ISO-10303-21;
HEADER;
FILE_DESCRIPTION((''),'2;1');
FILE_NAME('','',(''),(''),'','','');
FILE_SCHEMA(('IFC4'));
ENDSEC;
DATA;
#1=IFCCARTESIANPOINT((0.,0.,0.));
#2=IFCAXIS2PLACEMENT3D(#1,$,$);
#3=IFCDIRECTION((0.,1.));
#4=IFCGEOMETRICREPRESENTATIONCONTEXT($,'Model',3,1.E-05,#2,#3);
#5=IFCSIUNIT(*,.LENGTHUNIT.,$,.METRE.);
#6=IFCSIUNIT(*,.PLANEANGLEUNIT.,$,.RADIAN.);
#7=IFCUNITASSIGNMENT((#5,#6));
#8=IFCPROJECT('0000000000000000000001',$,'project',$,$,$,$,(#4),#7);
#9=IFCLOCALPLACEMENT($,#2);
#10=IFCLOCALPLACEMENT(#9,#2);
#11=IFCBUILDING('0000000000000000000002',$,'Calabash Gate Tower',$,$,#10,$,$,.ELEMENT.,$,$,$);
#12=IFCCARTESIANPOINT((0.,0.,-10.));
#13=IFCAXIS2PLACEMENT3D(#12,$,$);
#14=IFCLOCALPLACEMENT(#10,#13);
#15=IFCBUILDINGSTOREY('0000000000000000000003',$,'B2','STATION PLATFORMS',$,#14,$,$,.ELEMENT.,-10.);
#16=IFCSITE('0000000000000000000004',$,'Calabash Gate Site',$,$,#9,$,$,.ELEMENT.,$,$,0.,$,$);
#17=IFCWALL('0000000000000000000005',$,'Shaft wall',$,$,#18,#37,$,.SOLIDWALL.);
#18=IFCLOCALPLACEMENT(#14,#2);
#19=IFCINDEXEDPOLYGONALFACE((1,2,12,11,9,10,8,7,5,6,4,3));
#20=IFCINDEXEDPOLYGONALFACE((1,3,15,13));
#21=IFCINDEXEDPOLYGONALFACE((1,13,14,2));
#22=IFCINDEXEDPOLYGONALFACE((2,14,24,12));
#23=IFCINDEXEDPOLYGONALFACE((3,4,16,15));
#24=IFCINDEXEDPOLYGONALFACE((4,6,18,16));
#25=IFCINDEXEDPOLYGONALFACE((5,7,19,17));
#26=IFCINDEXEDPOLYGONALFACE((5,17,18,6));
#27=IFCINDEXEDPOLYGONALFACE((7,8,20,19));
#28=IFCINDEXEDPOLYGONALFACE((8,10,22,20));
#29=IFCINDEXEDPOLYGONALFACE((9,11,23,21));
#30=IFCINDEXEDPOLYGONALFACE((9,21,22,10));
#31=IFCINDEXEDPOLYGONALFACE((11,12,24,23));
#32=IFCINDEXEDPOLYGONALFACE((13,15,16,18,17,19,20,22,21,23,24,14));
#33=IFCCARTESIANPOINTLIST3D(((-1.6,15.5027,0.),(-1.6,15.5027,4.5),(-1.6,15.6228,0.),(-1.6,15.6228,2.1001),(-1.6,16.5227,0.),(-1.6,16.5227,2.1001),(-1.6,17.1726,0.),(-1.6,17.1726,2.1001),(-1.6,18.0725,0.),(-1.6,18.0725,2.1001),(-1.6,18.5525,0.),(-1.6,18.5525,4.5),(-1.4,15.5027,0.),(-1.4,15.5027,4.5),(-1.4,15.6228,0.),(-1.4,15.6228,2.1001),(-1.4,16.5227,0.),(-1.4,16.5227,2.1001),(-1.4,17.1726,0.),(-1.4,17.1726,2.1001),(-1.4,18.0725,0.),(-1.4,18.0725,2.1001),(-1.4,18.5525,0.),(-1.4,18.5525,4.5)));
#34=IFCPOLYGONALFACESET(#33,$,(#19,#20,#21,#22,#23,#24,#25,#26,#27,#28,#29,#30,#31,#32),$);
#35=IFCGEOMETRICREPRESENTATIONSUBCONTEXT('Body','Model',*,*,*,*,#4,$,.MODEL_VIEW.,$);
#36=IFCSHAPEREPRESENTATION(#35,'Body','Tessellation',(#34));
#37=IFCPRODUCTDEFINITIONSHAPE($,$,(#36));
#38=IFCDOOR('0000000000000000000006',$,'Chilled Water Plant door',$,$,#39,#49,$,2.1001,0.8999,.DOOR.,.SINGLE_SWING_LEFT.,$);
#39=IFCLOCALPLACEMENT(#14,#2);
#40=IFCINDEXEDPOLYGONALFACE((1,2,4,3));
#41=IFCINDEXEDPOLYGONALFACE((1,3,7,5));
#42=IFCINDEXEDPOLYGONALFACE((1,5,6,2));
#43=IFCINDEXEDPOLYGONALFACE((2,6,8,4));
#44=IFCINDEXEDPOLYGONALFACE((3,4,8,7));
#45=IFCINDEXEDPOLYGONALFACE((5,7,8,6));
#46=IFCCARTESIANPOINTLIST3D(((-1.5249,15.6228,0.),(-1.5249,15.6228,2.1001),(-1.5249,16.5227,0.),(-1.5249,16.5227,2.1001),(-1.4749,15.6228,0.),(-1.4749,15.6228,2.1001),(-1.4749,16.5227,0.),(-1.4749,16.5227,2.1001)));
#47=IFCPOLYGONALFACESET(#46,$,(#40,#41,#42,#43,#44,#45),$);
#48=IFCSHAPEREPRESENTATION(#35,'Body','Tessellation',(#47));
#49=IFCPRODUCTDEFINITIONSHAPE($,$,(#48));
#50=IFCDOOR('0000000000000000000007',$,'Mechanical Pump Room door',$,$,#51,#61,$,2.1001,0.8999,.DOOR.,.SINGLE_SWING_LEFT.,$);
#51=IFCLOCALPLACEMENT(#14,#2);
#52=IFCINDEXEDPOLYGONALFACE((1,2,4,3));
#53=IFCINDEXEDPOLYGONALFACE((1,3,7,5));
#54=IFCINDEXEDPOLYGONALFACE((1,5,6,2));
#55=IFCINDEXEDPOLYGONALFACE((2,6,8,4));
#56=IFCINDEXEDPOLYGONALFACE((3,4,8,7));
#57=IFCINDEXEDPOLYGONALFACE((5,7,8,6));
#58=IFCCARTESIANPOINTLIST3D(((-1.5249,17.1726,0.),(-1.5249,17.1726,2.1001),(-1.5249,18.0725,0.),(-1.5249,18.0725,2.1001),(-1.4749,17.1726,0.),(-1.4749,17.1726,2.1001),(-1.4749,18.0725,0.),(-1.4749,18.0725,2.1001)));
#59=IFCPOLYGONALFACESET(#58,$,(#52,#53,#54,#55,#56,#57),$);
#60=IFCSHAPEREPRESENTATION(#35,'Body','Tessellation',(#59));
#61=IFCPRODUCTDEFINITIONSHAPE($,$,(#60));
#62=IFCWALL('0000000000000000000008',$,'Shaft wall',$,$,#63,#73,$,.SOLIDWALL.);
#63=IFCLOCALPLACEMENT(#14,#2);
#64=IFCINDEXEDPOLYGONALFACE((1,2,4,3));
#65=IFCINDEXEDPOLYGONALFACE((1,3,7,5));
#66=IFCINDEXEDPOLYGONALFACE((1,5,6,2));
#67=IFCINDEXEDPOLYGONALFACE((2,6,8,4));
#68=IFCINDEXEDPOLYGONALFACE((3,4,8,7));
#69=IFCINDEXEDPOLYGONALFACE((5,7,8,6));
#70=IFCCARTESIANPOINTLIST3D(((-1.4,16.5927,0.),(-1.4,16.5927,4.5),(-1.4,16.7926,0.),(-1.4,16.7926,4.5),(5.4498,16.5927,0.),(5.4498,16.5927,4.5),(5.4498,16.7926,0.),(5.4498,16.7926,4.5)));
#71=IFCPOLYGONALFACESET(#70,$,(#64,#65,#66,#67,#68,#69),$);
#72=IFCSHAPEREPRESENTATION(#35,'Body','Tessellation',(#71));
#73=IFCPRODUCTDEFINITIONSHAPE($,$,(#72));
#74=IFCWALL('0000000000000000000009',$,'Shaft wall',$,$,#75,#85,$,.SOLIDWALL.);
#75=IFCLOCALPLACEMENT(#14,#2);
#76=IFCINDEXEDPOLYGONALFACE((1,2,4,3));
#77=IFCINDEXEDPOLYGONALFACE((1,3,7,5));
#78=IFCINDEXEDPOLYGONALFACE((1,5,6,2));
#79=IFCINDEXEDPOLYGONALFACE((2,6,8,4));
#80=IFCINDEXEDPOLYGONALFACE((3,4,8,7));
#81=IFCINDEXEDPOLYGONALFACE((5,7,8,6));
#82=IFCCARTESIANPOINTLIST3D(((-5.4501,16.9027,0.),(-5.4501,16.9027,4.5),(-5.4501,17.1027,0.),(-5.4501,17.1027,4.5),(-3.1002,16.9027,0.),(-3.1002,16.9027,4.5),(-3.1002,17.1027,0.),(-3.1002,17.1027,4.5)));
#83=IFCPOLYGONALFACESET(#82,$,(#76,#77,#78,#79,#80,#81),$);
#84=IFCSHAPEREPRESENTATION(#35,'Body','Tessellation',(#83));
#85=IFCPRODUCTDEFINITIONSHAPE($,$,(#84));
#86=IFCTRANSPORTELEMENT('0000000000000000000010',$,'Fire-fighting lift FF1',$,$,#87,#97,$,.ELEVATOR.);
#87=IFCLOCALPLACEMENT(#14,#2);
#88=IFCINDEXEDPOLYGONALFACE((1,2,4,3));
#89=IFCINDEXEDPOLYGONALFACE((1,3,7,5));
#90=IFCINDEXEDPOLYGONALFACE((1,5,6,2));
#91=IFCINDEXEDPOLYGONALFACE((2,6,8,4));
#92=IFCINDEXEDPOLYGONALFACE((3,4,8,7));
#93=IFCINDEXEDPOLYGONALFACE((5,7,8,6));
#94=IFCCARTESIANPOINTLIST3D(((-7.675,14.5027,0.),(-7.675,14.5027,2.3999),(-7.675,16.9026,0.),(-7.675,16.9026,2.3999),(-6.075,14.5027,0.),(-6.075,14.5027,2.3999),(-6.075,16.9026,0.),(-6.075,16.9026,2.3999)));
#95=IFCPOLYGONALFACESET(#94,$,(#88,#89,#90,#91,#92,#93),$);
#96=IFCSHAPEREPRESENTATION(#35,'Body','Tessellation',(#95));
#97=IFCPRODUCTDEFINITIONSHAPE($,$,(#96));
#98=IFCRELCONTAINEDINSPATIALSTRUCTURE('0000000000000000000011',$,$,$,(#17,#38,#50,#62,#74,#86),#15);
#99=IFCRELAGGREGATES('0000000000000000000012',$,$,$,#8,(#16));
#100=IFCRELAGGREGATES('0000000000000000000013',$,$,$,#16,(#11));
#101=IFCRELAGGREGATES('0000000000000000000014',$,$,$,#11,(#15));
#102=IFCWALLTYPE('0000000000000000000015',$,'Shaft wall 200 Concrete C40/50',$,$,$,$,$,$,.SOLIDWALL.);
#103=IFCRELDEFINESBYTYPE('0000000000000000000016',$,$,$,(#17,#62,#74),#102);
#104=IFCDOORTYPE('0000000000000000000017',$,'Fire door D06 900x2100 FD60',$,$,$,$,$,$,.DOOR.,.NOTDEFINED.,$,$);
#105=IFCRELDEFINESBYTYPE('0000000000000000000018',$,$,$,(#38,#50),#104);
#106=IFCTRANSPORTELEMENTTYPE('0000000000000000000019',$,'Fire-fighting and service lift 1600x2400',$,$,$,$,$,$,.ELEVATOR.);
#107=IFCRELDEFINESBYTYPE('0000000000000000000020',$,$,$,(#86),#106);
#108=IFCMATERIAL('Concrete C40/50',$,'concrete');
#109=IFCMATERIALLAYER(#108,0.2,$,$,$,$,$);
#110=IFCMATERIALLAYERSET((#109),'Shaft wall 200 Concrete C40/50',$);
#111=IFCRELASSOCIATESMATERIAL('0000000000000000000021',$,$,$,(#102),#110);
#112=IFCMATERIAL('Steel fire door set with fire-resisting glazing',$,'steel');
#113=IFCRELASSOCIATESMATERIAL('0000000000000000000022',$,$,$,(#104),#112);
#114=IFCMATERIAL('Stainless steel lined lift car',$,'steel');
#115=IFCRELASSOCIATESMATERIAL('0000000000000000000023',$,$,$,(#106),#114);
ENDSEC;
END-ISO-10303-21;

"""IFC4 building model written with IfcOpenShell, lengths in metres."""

from ifc_helpers import new_model, si_unit, direction, frame, frame_2d, origin, origin_2d, place, context, subcontext, project, spatial, rectangle, extrude, material, layer, layer_set, type_object, element, fill, save


model = new_model("IFC4")

# Units and contexts
model_context = context("Model", 3, precision=1e-05, world=origin(), true_north=direction((0.0, 1.0)))
body_context = subcontext(model_context, "Body", "Model", "MODEL_VIEW")
ifc_project = project(units=[si_unit("LENGTHUNIT", "METRE"), si_unit("PLANEANGLEUNIT", "RADIAN")], contexts=[model_context])

# Site, building, storey
site_placement = place(None, origin())
site = spatial("IfcSite", under=ifc_project, at=site_placement, Name="Calabash Gate Site", CompositionType="ELEMENT", RefElevation=0.0)
building_placement = place(site_placement, origin())
building = spatial("IfcBuilding", under=site, at=building_placement, Name="Calabash Gate Tower", CompositionType="ELEMENT")
storey_placement = place(building_placement, frame((0.0, 0.0, -10.0)))
storey = spatial("IfcBuildingStorey", under=building, at=storey_placement, Name="B2", Description="STATION PLATFORMS", CompositionType="ELEMENT", Elevation=-10.0)

# Shared definitions
ifc_material_1 = material(Name="Concrete C40/50", Category="concrete")
ifc_layer = layer(ifc_material_1, 0.2)
ifc_layer_set = layer_set([ifc_layer], Name="Shaft wall 200 Concrete C40/50")
wall_type = type_object("IfcWallType", Name="Shaft wall 200 Concrete C40/50", PredefinedType="SOLIDWALL", material=ifc_layer_set)

# Wall, openings, doors
ifc_material_2 = material(Name="Steel fire door set with fire-resisting glazing", Category="steel")
door_type = type_object("IfcDoorType", Name="Fire door D06 900x2100 FD60", OperationType="NOTDEFINED", PredefinedType="DOOR", material=ifc_material_2)
wall_1_placement = place(storey_placement, frame((-1.5, 15.5027, 0.0), z_axis=(0.0, 0.0, 1.0), x_axis=(0.0, 1.0, 0.0)))
wall_1 = element("IfcWall", 1, at=wall_1_placement, inside=storey, type_object=wall_type, Name="Shaft wall", PredefinedType="SOLIDWALL", context=body_context, shape_type="SweptSolid", body=[
    extrude(rectangle(XDim=3.0498, YDim=0.2, at=frame_2d((1.5249, 0.0))), origin(), (0.0, 0.0, 1.0), 4.5),
])
opening_1_placement = place(wall_1_placement, frame((0.1201, 0.0, 0.0)))
opening_1 = element("IfcOpeningElement", 2, at=opening_1_placement, cuts=wall_1, PredefinedType="OPENING", context=body_context, shape_type="SweptSolid", body=[
    extrude(rectangle(XDim=0.8999, YDim=2.1001, at=frame_2d((0.45, 1.05))), frame((0.0, 0.1099, 0.0), z_axis=(0.0, -1.0, 0.0), x_axis=(1.0, 0.0, 0.0)), (0.0, 0.0, 1.0), 0.22),
])
opening_2_placement = place(wall_1_placement, frame((1.6699, 0.0, 0.0)))
opening_2 = element("IfcOpeningElement", 3, at=opening_2_placement, cuts=wall_1, PredefinedType="OPENING", context=body_context, shape_type="SweptSolid", body=[
    extrude(rectangle(XDim=0.8999, YDim=2.1001, at=frame_2d((0.45, 1.05))), frame((0.0, 0.1099, 0.0), z_axis=(0.0, -1.0, 0.0), x_axis=(1.0, 0.0, 0.0)), (0.0, 0.0, 1.0), 0.22),
])
door_1_placement = place(opening_1_placement, origin())
door_1 = element("IfcDoor", 4, at=door_1_placement, inside=storey, type_object=door_type, Name="Chilled Water Plant door", OperationType="SINGLE_SWING_LEFT", OverallHeight=2.1001, OverallWidth=0.8999, PredefinedType="DOOR", context=body_context, shape_type="SweptSolid", body=[
    extrude(rectangle(XDim=0.8999, YDim=2.1001, at=frame_2d((0.45, 1.05))), frame((0.0, 0.0249, 0.0), z_axis=(0.0, -1.0, 0.0), x_axis=(1.0, 0.0, 0.0)), (0.0, 0.0, 1.0), 0.05),
])
fill(opening_1, door_1)
door_2_placement = place(opening_2_placement, origin())
door_2 = element("IfcDoor", 5, at=door_2_placement, inside=storey, type_object=door_type, Name="Mechanical Pump Room door", OperationType="SINGLE_SWING_LEFT", OverallHeight=2.1001, OverallWidth=0.8999, PredefinedType="DOOR", context=body_context, shape_type="SweptSolid", body=[
    extrude(rectangle(XDim=0.8999, YDim=2.1001, at=frame_2d((0.45, 1.05))), frame((0.0, 0.0249, 0.0), z_axis=(0.0, -1.0, 0.0), x_axis=(1.0, 0.0, 0.0)), (0.0, 0.0, 1.0), 0.05),
])
fill(opening_2, door_2)

# Walls
wall_2_placement = place(storey_placement, frame((-1.3999, 16.6926, 0.0), z_axis=(0.0, 0.0, 1.0), x_axis=(1.0, 0.0, 0.0)))
element("IfcWall", 6, at=wall_2_placement, inside=storey, type_object=wall_type, Name="Shaft wall", PredefinedType="SOLIDWALL", context=body_context, shape_type="SweptSolid", body=[
    extrude(rectangle(XDim=6.8499, YDim=0.2, at=frame_2d((3.4248, 0.0))), origin(), (0.0, 0.0, 1.0), 4.5),
])
wall_3_placement = place(storey_placement, frame((-5.45, 17.0027, 0.0), z_axis=(0.0, 0.0, 1.0), x_axis=(1.0, 0.0, 0.0)))
element("IfcWall", 7, at=wall_3_placement, inside=storey, type_object=wall_type, Name="Shaft wall", PredefinedType="SOLIDWALL", context=body_context, shape_type="SweptSolid", body=[
    extrude(rectangle(XDim=2.3499, YDim=0.2, at=frame_2d((1.1748, 0.0))), origin(), (0.0, 0.0, 1.0), 4.5),
])

# Transport element
ifc_material_3 = material(Name="Stainless steel lined lift car", Category="steel")
transport_element_type = type_object("IfcTransportElementType", Name="Fire-fighting and service lift 1600x2400", PredefinedType="ELEVATOR", material=ifc_material_3)
transport_element_placement = place(storey_placement, frame((-6.875, 15.7026, 0.0), z_axis=(0.0, 0.0, 1.0), x_axis=(1.0, 0.0, 0.0)))
element("IfcTransportElement", 8, at=transport_element_placement, inside=storey, type_object=transport_element_type, Name="Fire-fighting lift FF1", PredefinedType="ELEVATOR", context=body_context, shape_type="SweptSolid", body=[
    extrude(rectangle(XDim=1.6001, YDim=2.3999, at=origin_2d()), origin(), (0.0, 0.0, 1.0), 2.3999),
])

save(model, "model.ifc")
